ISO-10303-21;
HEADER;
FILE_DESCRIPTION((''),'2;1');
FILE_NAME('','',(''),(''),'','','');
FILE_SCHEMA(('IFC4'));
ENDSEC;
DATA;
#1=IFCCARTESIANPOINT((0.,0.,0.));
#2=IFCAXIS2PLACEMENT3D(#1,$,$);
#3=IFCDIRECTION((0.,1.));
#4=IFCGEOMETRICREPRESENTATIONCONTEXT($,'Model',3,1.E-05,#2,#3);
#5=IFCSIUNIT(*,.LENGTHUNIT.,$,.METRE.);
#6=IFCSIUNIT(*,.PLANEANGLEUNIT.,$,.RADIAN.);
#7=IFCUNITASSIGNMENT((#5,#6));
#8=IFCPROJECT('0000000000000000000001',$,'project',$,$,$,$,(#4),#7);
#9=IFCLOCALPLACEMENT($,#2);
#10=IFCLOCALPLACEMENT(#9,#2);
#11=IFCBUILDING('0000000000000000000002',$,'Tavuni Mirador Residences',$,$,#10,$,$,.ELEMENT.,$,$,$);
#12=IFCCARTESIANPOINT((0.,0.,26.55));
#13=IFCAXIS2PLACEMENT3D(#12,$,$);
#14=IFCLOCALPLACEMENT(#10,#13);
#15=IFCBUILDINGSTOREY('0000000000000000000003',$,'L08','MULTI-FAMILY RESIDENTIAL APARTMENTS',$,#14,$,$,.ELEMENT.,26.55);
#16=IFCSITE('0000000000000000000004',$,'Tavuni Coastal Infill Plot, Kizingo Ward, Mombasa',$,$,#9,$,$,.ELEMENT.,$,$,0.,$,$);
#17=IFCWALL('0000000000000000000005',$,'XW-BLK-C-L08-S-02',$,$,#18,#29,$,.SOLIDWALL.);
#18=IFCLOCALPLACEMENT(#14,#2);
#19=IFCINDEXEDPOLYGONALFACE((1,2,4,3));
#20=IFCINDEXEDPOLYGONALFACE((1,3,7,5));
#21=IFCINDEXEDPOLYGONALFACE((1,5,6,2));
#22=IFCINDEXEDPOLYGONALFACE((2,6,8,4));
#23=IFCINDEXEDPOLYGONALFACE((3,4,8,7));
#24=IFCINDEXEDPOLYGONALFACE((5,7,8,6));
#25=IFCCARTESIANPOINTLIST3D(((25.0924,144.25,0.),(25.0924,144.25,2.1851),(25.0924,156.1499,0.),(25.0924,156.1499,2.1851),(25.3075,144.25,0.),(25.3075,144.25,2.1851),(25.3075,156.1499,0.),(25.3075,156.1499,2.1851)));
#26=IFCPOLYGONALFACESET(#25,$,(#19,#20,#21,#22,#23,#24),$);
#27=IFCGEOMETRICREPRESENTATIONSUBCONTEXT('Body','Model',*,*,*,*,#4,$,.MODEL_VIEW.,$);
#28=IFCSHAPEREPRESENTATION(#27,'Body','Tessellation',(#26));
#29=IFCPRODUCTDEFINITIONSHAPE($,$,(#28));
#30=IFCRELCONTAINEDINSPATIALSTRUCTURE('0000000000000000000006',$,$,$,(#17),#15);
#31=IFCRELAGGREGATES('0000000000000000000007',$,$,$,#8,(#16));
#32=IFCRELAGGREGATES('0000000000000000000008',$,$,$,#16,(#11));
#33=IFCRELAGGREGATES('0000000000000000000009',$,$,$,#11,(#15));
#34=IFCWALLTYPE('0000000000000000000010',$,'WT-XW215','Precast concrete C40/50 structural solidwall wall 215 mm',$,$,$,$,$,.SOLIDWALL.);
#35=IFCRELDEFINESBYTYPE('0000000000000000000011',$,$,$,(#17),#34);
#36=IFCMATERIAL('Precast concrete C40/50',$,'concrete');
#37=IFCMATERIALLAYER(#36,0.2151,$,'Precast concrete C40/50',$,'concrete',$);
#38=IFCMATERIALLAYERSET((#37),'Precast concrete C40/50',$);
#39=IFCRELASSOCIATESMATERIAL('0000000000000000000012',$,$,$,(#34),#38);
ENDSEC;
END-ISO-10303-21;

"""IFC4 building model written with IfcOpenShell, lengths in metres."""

from ifc_helpers import new_model, si_unit, direction, frame, frame_2d, origin, place, context, subcontext, project, spatial, rectangle, extrude, material, layer, layer_set, type_object, element, save


model = new_model("IFC4")

# Units and contexts
model_context = context("Model", 3, precision=1e-05, world=origin(), true_north=direction((0.0, 1.0)))
body_context = subcontext(model_context, "Body", "Model", "MODEL_VIEW")
ifc_project = project(units=[si_unit("LENGTHUNIT", "METRE"), si_unit("PLANEANGLEUNIT", "RADIAN")], contexts=[model_context])

# Site, building, storey
site_placement = place(None, origin())
site = spatial("IfcSite", under=ifc_project, at=site_placement, Name="Tavuni Coastal Infill Plot, Kizingo Ward, Mombasa", CompositionType="ELEMENT", RefElevation=0.0)
building_placement = place(site_placement, origin())
building = spatial("IfcBuilding", under=site, at=building_placement, Name="Tavuni Mirador Residences", CompositionType="ELEMENT")
storey_placement = place(building_placement, frame((0.0, 0.0, 26.55)))
storey = spatial("IfcBuildingStorey", under=building, at=storey_placement, Name="L08", Description="MULTI-FAMILY RESIDENTIAL APARTMENTS", CompositionType="ELEMENT", Elevation=26.55)

# Shared definitions
ifc_material_1 = material(Name="Precast concrete C40/50", Category="concrete")

# Wall
ifc_layer_1 = layer(ifc_material_1, 0.2151, Name="Precast concrete C40/50", Category="concrete")
ifc_layer_set_1 = layer_set([ifc_layer_1], Name="Precast concrete C40/50")
wall_type_1 = type_object("IfcWallType", Name="WT-XW215", Description="Precast concrete C40/50 structural solidwall wall 215 mm", PredefinedType="SOLIDWALL", material=ifc_layer_set_1)
wall_1_placement = place(storey_placement, frame((25.2, 144.25, 0.0), z_axis=(0.0, 0.0, 1.0), x_axis=(0.0, 1.0, 0.0)))
element("IfcWall", 1, at=wall_1_placement, inside=storey, type_object=wall_type_1, Name="XW-BLK-C-L08-S-02", PredefinedType="SOLIDWALL", context=body_context, shape_type="SweptSolid", body=[
    extrude(rectangle(XDim=11.8999, YDim=0.2151, at=frame_2d((5.95, 0.0))), origin(), (0.0, 0.0, 1.0), 2.1851),
])

save(model, "model.ifc")
